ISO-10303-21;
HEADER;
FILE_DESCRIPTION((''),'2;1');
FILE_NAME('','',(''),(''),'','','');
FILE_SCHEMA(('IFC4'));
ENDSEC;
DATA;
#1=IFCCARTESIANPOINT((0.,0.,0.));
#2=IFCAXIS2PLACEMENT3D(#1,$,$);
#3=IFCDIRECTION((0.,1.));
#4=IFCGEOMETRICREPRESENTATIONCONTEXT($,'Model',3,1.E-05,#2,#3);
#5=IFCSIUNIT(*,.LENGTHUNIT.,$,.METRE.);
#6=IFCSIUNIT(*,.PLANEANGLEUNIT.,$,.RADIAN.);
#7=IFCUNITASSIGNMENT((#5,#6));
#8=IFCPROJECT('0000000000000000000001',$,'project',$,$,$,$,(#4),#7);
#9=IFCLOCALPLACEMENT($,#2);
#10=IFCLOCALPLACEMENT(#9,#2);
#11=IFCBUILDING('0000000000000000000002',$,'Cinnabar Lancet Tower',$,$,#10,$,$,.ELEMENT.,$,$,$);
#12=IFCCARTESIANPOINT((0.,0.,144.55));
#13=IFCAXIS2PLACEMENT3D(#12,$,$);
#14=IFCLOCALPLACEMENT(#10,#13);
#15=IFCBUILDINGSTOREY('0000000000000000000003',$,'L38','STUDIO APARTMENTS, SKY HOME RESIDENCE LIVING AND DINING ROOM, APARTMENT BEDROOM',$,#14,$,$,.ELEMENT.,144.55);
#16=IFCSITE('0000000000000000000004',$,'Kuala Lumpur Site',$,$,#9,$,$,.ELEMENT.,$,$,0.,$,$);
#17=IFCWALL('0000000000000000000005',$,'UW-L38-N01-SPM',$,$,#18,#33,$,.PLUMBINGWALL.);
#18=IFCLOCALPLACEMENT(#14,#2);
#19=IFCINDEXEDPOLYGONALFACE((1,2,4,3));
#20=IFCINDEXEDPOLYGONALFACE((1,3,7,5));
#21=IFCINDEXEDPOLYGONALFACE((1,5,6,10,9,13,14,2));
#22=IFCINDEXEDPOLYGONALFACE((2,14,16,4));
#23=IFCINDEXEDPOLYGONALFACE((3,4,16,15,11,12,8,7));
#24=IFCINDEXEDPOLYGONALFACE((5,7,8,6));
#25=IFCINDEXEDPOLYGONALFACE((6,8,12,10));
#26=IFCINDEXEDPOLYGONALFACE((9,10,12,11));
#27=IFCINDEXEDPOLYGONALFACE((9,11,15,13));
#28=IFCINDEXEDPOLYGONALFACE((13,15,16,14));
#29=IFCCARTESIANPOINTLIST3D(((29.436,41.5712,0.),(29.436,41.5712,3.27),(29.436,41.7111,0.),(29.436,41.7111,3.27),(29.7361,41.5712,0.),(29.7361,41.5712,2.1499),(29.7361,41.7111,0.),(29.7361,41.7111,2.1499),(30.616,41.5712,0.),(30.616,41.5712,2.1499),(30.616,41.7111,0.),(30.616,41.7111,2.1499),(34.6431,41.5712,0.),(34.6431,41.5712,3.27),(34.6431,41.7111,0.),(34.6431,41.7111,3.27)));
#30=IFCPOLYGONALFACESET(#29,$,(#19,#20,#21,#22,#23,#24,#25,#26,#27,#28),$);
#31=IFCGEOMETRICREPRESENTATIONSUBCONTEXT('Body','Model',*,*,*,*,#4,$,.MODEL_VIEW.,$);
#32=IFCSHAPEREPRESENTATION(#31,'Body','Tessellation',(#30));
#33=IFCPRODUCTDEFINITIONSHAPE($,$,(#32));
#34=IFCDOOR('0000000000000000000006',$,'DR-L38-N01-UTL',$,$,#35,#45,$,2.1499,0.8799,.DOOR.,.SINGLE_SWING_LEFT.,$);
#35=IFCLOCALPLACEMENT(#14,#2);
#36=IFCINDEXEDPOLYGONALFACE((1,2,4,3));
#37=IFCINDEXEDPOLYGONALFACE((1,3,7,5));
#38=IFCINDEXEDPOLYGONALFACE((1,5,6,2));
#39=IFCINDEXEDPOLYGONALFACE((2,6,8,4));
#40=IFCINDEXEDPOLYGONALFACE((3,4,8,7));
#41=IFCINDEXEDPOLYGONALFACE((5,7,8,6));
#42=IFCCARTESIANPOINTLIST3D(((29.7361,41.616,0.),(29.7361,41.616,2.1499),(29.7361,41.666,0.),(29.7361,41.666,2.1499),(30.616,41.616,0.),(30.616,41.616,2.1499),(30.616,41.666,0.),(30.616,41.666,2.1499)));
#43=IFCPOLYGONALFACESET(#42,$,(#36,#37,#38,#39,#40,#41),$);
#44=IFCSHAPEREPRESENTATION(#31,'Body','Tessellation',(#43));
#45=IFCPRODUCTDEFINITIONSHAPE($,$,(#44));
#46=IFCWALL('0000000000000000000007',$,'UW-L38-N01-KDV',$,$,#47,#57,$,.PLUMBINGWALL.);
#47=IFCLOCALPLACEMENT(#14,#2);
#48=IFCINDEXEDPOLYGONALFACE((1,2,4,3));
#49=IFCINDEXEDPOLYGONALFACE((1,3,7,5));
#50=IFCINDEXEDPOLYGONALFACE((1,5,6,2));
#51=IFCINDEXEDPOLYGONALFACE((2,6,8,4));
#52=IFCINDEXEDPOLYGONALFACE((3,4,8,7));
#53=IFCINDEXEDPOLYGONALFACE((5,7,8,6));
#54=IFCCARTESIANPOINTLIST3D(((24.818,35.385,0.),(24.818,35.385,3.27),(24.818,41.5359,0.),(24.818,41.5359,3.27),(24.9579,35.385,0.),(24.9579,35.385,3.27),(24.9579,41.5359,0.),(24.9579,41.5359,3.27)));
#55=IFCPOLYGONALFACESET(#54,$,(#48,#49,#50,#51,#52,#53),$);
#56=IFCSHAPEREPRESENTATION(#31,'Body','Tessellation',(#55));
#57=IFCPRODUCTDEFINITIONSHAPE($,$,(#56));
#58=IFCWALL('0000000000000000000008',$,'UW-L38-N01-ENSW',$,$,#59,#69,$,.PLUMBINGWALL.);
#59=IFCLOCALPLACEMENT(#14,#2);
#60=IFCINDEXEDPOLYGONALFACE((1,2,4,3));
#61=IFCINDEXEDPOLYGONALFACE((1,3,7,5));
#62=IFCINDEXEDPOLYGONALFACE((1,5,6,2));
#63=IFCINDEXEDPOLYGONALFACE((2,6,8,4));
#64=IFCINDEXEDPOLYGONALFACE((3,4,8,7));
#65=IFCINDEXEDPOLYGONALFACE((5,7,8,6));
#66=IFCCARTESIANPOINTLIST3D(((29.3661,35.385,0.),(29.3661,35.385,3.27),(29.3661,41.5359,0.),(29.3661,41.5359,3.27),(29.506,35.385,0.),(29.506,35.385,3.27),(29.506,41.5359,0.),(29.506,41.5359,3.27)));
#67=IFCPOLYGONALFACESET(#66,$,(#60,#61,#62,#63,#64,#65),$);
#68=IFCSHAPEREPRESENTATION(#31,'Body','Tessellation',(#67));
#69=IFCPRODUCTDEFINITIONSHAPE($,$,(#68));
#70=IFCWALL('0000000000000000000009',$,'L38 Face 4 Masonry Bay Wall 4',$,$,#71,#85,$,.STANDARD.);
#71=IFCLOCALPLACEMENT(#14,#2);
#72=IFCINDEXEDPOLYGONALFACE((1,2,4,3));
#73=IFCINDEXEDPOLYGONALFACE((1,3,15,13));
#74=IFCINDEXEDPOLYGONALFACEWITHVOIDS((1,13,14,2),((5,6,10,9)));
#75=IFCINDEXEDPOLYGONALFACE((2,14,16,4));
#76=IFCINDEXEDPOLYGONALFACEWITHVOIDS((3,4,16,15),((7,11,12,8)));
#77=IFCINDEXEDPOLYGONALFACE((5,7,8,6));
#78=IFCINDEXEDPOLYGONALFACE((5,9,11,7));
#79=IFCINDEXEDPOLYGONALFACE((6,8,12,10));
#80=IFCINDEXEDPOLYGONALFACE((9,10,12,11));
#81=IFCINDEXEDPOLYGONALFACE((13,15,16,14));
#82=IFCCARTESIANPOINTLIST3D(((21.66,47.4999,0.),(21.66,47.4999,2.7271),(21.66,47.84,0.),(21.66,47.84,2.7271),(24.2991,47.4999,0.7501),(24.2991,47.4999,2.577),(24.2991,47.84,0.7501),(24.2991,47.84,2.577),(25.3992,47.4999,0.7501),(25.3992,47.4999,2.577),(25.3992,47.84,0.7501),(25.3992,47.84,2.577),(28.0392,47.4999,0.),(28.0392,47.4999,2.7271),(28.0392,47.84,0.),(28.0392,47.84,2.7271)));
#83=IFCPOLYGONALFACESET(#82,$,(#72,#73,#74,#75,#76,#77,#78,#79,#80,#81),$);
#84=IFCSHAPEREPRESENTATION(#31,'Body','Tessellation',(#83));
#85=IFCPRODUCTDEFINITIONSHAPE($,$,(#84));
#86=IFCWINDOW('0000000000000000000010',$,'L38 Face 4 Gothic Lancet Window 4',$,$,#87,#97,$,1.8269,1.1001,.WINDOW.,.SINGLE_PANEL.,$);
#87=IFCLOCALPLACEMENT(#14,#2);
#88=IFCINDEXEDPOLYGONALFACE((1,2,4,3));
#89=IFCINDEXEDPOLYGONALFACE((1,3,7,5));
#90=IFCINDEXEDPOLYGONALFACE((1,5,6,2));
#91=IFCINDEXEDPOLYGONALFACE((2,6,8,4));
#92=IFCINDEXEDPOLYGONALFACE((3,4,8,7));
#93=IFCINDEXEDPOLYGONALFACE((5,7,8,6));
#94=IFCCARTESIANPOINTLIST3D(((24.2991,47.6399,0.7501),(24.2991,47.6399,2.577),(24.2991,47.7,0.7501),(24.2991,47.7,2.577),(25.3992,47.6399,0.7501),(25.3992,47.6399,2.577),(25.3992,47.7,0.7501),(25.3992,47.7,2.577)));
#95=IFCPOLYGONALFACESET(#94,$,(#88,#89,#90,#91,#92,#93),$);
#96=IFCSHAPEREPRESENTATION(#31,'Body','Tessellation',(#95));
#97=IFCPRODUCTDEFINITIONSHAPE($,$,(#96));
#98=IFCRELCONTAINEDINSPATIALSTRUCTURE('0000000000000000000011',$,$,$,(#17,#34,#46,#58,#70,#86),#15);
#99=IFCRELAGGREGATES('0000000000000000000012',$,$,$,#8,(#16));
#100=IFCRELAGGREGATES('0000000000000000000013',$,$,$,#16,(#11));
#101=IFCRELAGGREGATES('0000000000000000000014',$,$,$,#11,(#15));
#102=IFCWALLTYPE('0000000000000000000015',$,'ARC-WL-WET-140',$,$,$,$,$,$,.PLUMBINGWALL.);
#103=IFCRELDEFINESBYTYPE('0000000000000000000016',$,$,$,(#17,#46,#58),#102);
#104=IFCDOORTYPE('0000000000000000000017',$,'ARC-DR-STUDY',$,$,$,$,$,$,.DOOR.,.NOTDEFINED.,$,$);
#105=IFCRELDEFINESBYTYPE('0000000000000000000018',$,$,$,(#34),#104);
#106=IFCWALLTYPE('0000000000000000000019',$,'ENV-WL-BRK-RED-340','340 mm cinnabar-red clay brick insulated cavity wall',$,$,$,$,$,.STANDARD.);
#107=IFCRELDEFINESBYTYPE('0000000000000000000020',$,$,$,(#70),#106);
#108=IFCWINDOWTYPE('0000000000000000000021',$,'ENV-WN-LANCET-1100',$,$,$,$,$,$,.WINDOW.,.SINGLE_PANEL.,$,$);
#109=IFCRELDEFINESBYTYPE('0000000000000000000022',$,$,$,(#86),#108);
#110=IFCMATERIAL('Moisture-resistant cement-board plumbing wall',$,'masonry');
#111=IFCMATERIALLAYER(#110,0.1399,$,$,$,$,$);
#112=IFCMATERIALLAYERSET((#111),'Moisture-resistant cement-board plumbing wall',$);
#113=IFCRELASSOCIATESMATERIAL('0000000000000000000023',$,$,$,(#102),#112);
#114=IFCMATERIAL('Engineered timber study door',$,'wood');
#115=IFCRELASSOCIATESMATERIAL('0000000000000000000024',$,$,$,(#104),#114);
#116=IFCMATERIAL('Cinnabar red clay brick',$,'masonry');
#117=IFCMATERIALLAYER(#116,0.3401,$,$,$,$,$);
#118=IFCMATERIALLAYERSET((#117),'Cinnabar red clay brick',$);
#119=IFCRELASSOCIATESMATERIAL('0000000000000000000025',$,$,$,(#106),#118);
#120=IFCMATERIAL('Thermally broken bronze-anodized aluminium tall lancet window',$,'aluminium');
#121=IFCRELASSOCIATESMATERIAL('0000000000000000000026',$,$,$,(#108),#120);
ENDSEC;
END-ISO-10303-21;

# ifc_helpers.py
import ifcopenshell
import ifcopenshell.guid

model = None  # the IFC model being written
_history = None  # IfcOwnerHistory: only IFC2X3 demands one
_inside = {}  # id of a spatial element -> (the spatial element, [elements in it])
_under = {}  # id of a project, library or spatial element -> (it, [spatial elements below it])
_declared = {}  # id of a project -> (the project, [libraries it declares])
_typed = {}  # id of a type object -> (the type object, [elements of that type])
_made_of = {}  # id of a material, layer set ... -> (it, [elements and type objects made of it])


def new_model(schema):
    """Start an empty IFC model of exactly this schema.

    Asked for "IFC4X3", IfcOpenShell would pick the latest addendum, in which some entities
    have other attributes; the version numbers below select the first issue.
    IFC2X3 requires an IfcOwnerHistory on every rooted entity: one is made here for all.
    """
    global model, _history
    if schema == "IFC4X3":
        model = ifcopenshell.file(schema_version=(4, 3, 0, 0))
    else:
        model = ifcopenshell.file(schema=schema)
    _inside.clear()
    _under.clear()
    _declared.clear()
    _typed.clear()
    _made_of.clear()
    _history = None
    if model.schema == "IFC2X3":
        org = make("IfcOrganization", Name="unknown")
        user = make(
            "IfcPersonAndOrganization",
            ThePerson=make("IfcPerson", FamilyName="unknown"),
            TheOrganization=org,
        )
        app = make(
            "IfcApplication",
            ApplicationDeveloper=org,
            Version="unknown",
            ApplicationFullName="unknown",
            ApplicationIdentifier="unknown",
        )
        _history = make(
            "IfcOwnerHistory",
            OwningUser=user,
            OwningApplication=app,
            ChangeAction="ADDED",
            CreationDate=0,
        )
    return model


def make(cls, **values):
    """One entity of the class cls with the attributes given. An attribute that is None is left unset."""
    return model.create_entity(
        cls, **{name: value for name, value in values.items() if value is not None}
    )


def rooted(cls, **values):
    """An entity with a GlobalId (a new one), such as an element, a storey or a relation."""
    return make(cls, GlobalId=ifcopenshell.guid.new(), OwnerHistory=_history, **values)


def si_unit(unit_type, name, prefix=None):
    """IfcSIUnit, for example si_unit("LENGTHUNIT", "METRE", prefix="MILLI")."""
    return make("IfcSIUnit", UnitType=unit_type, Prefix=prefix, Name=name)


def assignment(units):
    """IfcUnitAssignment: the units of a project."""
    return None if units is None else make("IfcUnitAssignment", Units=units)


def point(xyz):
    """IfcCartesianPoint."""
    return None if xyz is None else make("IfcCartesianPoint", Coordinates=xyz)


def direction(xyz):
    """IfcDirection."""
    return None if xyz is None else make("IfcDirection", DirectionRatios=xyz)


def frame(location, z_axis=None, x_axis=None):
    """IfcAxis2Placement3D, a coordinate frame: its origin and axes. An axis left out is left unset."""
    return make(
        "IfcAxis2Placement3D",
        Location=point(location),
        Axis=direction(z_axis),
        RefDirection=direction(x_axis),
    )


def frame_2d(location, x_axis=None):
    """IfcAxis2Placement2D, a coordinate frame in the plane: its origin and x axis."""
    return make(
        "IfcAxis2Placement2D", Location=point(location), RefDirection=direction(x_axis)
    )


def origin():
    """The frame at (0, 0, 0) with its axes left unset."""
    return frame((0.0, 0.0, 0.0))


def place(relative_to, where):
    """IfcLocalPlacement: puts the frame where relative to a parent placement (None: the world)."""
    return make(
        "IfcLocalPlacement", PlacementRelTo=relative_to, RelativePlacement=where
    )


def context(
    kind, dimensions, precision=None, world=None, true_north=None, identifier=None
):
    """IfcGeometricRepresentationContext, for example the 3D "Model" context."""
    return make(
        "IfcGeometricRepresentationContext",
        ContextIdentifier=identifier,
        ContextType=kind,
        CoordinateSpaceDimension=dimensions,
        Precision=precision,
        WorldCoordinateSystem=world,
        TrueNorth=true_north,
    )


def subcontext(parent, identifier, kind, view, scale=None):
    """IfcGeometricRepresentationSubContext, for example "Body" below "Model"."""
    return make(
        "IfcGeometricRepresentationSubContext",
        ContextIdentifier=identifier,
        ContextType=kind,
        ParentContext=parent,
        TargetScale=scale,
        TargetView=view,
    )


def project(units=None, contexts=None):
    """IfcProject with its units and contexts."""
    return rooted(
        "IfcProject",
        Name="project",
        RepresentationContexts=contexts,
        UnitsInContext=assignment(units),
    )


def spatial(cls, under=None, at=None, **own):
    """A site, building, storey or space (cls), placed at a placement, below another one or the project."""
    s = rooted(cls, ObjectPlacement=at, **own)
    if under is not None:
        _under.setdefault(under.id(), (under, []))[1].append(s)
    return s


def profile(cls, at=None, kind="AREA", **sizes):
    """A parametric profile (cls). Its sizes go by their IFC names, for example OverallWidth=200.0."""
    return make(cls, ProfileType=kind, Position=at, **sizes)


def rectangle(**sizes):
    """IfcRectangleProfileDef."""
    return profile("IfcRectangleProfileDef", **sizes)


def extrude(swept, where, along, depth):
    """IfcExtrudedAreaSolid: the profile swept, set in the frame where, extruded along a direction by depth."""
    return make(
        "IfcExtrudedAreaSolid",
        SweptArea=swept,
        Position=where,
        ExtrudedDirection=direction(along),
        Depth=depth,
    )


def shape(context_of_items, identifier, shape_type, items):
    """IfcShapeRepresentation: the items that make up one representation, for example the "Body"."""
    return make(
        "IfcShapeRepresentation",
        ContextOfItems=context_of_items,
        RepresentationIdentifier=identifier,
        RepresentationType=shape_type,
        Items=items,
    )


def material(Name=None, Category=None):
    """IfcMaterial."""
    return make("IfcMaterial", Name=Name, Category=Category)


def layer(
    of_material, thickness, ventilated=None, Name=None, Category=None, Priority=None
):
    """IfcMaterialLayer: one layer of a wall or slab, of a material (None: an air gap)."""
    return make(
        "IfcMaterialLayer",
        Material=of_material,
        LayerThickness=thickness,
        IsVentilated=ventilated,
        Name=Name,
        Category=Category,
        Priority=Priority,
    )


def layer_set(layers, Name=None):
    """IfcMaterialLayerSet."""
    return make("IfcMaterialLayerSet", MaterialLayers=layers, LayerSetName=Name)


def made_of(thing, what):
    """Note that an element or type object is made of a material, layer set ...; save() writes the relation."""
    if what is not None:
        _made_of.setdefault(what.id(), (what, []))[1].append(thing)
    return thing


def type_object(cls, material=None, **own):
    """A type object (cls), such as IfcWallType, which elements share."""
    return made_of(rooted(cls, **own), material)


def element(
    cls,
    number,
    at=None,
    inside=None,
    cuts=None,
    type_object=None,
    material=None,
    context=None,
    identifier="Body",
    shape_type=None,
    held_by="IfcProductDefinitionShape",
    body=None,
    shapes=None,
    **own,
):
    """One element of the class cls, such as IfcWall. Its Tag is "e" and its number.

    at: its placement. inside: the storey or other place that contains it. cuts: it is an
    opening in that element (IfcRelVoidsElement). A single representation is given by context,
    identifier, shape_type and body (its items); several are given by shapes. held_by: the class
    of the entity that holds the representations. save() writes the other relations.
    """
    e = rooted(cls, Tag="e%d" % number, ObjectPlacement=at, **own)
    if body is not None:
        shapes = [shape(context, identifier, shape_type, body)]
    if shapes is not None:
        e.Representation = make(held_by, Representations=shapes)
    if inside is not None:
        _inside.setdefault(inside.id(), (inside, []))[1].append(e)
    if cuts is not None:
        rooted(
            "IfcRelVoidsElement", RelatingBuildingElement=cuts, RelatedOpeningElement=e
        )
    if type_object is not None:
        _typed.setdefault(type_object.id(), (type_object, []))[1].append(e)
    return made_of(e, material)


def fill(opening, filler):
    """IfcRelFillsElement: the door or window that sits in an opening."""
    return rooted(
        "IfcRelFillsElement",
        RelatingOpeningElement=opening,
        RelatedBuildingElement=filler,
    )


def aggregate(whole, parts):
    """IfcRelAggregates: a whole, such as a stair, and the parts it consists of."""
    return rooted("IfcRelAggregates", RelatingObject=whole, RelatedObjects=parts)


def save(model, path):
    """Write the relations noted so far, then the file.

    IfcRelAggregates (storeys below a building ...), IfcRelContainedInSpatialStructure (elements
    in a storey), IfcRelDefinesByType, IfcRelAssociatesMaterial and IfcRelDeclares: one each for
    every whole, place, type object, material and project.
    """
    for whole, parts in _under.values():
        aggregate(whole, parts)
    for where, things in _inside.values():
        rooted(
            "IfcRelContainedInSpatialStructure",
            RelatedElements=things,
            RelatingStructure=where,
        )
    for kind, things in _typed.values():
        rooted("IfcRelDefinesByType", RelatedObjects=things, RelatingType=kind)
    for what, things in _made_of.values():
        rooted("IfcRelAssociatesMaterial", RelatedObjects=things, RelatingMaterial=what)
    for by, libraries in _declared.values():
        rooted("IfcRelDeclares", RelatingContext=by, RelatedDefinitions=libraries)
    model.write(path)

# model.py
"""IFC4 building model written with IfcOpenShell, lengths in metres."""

from ifc_helpers import new_model, si_unit, direction, frame, frame_2d, origin, place, context, subcontext, project, spatial, rectangle, extrude, material, layer, layer_set, type_object, element, fill, save


model = new_model("IFC4")

# Units and contexts
model_context = context("Model", 3, precision=1e-05, world=origin(), true_north=direction((0.0, 1.0)))
body_context = subcontext(model_context, "Body", "Model", "MODEL_VIEW")
ifc_project = project(units=[si_unit("LENGTHUNIT", "METRE"), si_unit("PLANEANGLEUNIT", "RADIAN")], contexts=[model_context])

# Site, building, storey
site_placement = place(None, origin())
site = spatial("IfcSite", under=ifc_project, at=site_placement, Name="Kuala Lumpur Site", CompositionType="ELEMENT", RefElevation=0.0)
building_placement = place(site_placement, origin())
building = spatial("IfcBuilding", under=site, at=building_placement, Name="Cinnabar Lancet Tower", CompositionType="ELEMENT")
storey_placement = place(building_placement, frame((0.0, 0.0, 144.55)))
storey = spatial("IfcBuildingStorey", under=building, at=storey_placement, Name="L38", Description="STUDIO APARTMENTS, SKY HOME RESIDENCE LIVING AND DINING ROOM, APARTMENT BEDROOM", CompositionType="ELEMENT", Elevation=144.55)

# Shared definitions
ifc_material_1 = material(Name="Moisture-resistant cement-board plumbing wall", Category="masonry")
ifc_layer_1 = layer(ifc_material_1, 0.1399)
ifc_layer_set_1 = layer_set([ifc_layer_1], Name="Moisture-resistant cement-board plumbing wall")
wall_type_1 = type_object("IfcWallType", Name="ARC-WL-WET-140", PredefinedType="PLUMBINGWALL", material=ifc_layer_set_1)
ifc_material_2 = material(Name="Engineered timber study door", Category="wood")
door_type_1 = type_object("IfcDoorType", Name="ARC-DR-STUDY", OperationType="NOTDEFINED", PredefinedType="DOOR", material=ifc_material_2)

# Wall, opening, door
wall_1_placement = place(storey_placement, frame((29.436, 41.6411, 0.0), z_axis=(0.0, 0.0, 1.0), x_axis=(1.0, 0.0, 0.0)))
wall_1 = element("IfcWall", 1, at=wall_1_placement, inside=storey, type_object=wall_type_1, Name="UW-L38-N01-SPM", PredefinedType="PLUMBINGWALL", context=body_context, shape_type="SweptSolid", body=[
    extrude(rectangle(XDim=5.207, YDim=0.1399, at=frame_2d((2.6035, 0.0))), origin(), (0.0, 0.0, 1.0), 3.27),
])
opening_1_placement = place(wall_1_placement, frame((0.3, 0.0, 0.0)))
opening_1 = element("IfcOpeningElement", 2, at=opening_1_placement, cuts=wall_1, PredefinedType="OPENING", context=body_context, shape_type="SweptSolid", body=[
    extrude(rectangle(XDim=0.8799, YDim=2.1499, at=frame_2d((0.4399, 1.075))), frame((0.0, 0.0798, 0.0), z_axis=(0.0, -1.0, 0.0), x_axis=(1.0, 0.0, 0.0)), (0.0, 0.0, 1.0), 0.1599),
])
door_1_placement = place(opening_1_placement, origin())
door_1 = element("IfcDoor", 3, at=door_1_placement, inside=storey, type_object=door_type_1, Name="DR-L38-N01-UTL", OperationType="SINGLE_SWING_LEFT", OverallHeight=2.1499, OverallWidth=0.8799, PredefinedType="DOOR", context=body_context, shape_type="SweptSolid", body=[
    extrude(rectangle(XDim=0.8799, YDim=2.1499, at=frame_2d((0.4399, 1.075))), frame((0.0, 0.0249, 0.0), z_axis=(0.0, -1.0, 0.0), x_axis=(1.0, 0.0, 0.0)), (0.0, 0.0, 1.0), 0.05),
])
fill(opening_1, door_1)

# Walls
for number, where, z_axis, x_axis, name in (
    (4, (24.8879, 35.385, 0.0), (0.0, 0.0, 1.0), (0.0, 1.0, 0.0), "UW-L38-N01-KDV"),
    (5, (29.436, 35.385, 0.0), (0.0, 0.0, 1.0), (0.0, 1.0, 0.0), "UW-L38-N01-ENSW"),
):
    element("IfcWall", number, at=place(storey_placement, frame(where, z_axis=z_axis, x_axis=x_axis)), inside=storey, type_object=wall_type_1, Name=name, PredefinedType="PLUMBINGWALL", context=body_context, shape_type="SweptSolid", body=[
        extrude(rectangle(XDim=6.1509, YDim=0.1399, at=frame_2d((3.0754, 0.0))), origin(), (0.0, 0.0, 1.0), 3.27),
    ])

# Wall, opening, window
ifc_material_3 = material(Name="Cinnabar red clay brick", Category="masonry")
ifc_layer_2 = layer(ifc_material_3, 0.3401)
ifc_layer_set_2 = layer_set([ifc_layer_2], Name="Cinnabar red clay brick")
wall_type_2 = type_object("IfcWallType", Name="ENV-WL-BRK-RED-340", Description="340 mm cinnabar-red clay brick insulated cavity wall", PredefinedType="STANDARD", material=ifc_layer_set_2)
wall_2_placement = place(storey_placement, frame((28.0391, 47.6699, 0.0), z_axis=(0.0, 0.0, 1.0), x_axis=(-1.0, 0.0, 0.0)))
wall_2 = element("IfcWall", 6, at=wall_2_placement, inside=storey, type_object=wall_type_2, Name="L38 Face 4 Masonry Bay Wall 4", PredefinedType="STANDARD", context=body_context, shape_type="SweptSolid", body=[
    extrude(rectangle(XDim=6.3792, YDim=0.3401, at=frame_2d((3.1895, 0.0))), origin(), (0.0, 0.0, 1.0), 2.7271),
])
opening_2_placement = place(wall_2_placement, frame((2.6399, 0.0, 0.75)))
opening_2 = element("IfcOpeningElement", 7, at=opening_2_placement, cuts=wall_2, PredefinedType="OPENING", context=body_context, shape_type="SweptSolid", body=[
    extrude(rectangle(XDim=1.1001, YDim=1.8269, at=frame_2d((0.55, 0.9136))), frame((0.0, 0.1799, 0.0), z_axis=(0.0, -1.0, 0.0), x_axis=(1.0, 0.0, 0.0)), (0.0, 0.0, 1.0), 0.3601),
])
ifc_material_4 = material(Name="Thermally broken bronze-anodized aluminium tall lancet window", Category="aluminium")
window_type = type_object("IfcWindowType", Name="ENV-WN-LANCET-1100", PartitioningType="SINGLE_PANEL", PredefinedType="WINDOW", material=ifc_material_4)
window_placement = place(opening_2_placement, origin())
window = element("IfcWindow", 8, at=window_placement, inside=storey, type_object=window_type, Name="L38 Face 4 Gothic Lancet Window 4", OverallHeight=1.8269, OverallWidth=1.1001, PartitioningType="SINGLE_PANEL", PredefinedType="WINDOW", context=body_context, shape_type="SweptSolid", body=[
    extrude(rectangle(XDim=1.1001, YDim=1.8269, at=frame_2d((0.55, 0.9136))), frame((0.0, 0.03, 0.0), z_axis=(0.0, -1.0, 0.0), x_axis=(1.0, 0.0, 0.0)), (0.0, 0.0, 1.0), 0.0601),
])
fill(opening_2, window)

save(model, "model.ifc")
